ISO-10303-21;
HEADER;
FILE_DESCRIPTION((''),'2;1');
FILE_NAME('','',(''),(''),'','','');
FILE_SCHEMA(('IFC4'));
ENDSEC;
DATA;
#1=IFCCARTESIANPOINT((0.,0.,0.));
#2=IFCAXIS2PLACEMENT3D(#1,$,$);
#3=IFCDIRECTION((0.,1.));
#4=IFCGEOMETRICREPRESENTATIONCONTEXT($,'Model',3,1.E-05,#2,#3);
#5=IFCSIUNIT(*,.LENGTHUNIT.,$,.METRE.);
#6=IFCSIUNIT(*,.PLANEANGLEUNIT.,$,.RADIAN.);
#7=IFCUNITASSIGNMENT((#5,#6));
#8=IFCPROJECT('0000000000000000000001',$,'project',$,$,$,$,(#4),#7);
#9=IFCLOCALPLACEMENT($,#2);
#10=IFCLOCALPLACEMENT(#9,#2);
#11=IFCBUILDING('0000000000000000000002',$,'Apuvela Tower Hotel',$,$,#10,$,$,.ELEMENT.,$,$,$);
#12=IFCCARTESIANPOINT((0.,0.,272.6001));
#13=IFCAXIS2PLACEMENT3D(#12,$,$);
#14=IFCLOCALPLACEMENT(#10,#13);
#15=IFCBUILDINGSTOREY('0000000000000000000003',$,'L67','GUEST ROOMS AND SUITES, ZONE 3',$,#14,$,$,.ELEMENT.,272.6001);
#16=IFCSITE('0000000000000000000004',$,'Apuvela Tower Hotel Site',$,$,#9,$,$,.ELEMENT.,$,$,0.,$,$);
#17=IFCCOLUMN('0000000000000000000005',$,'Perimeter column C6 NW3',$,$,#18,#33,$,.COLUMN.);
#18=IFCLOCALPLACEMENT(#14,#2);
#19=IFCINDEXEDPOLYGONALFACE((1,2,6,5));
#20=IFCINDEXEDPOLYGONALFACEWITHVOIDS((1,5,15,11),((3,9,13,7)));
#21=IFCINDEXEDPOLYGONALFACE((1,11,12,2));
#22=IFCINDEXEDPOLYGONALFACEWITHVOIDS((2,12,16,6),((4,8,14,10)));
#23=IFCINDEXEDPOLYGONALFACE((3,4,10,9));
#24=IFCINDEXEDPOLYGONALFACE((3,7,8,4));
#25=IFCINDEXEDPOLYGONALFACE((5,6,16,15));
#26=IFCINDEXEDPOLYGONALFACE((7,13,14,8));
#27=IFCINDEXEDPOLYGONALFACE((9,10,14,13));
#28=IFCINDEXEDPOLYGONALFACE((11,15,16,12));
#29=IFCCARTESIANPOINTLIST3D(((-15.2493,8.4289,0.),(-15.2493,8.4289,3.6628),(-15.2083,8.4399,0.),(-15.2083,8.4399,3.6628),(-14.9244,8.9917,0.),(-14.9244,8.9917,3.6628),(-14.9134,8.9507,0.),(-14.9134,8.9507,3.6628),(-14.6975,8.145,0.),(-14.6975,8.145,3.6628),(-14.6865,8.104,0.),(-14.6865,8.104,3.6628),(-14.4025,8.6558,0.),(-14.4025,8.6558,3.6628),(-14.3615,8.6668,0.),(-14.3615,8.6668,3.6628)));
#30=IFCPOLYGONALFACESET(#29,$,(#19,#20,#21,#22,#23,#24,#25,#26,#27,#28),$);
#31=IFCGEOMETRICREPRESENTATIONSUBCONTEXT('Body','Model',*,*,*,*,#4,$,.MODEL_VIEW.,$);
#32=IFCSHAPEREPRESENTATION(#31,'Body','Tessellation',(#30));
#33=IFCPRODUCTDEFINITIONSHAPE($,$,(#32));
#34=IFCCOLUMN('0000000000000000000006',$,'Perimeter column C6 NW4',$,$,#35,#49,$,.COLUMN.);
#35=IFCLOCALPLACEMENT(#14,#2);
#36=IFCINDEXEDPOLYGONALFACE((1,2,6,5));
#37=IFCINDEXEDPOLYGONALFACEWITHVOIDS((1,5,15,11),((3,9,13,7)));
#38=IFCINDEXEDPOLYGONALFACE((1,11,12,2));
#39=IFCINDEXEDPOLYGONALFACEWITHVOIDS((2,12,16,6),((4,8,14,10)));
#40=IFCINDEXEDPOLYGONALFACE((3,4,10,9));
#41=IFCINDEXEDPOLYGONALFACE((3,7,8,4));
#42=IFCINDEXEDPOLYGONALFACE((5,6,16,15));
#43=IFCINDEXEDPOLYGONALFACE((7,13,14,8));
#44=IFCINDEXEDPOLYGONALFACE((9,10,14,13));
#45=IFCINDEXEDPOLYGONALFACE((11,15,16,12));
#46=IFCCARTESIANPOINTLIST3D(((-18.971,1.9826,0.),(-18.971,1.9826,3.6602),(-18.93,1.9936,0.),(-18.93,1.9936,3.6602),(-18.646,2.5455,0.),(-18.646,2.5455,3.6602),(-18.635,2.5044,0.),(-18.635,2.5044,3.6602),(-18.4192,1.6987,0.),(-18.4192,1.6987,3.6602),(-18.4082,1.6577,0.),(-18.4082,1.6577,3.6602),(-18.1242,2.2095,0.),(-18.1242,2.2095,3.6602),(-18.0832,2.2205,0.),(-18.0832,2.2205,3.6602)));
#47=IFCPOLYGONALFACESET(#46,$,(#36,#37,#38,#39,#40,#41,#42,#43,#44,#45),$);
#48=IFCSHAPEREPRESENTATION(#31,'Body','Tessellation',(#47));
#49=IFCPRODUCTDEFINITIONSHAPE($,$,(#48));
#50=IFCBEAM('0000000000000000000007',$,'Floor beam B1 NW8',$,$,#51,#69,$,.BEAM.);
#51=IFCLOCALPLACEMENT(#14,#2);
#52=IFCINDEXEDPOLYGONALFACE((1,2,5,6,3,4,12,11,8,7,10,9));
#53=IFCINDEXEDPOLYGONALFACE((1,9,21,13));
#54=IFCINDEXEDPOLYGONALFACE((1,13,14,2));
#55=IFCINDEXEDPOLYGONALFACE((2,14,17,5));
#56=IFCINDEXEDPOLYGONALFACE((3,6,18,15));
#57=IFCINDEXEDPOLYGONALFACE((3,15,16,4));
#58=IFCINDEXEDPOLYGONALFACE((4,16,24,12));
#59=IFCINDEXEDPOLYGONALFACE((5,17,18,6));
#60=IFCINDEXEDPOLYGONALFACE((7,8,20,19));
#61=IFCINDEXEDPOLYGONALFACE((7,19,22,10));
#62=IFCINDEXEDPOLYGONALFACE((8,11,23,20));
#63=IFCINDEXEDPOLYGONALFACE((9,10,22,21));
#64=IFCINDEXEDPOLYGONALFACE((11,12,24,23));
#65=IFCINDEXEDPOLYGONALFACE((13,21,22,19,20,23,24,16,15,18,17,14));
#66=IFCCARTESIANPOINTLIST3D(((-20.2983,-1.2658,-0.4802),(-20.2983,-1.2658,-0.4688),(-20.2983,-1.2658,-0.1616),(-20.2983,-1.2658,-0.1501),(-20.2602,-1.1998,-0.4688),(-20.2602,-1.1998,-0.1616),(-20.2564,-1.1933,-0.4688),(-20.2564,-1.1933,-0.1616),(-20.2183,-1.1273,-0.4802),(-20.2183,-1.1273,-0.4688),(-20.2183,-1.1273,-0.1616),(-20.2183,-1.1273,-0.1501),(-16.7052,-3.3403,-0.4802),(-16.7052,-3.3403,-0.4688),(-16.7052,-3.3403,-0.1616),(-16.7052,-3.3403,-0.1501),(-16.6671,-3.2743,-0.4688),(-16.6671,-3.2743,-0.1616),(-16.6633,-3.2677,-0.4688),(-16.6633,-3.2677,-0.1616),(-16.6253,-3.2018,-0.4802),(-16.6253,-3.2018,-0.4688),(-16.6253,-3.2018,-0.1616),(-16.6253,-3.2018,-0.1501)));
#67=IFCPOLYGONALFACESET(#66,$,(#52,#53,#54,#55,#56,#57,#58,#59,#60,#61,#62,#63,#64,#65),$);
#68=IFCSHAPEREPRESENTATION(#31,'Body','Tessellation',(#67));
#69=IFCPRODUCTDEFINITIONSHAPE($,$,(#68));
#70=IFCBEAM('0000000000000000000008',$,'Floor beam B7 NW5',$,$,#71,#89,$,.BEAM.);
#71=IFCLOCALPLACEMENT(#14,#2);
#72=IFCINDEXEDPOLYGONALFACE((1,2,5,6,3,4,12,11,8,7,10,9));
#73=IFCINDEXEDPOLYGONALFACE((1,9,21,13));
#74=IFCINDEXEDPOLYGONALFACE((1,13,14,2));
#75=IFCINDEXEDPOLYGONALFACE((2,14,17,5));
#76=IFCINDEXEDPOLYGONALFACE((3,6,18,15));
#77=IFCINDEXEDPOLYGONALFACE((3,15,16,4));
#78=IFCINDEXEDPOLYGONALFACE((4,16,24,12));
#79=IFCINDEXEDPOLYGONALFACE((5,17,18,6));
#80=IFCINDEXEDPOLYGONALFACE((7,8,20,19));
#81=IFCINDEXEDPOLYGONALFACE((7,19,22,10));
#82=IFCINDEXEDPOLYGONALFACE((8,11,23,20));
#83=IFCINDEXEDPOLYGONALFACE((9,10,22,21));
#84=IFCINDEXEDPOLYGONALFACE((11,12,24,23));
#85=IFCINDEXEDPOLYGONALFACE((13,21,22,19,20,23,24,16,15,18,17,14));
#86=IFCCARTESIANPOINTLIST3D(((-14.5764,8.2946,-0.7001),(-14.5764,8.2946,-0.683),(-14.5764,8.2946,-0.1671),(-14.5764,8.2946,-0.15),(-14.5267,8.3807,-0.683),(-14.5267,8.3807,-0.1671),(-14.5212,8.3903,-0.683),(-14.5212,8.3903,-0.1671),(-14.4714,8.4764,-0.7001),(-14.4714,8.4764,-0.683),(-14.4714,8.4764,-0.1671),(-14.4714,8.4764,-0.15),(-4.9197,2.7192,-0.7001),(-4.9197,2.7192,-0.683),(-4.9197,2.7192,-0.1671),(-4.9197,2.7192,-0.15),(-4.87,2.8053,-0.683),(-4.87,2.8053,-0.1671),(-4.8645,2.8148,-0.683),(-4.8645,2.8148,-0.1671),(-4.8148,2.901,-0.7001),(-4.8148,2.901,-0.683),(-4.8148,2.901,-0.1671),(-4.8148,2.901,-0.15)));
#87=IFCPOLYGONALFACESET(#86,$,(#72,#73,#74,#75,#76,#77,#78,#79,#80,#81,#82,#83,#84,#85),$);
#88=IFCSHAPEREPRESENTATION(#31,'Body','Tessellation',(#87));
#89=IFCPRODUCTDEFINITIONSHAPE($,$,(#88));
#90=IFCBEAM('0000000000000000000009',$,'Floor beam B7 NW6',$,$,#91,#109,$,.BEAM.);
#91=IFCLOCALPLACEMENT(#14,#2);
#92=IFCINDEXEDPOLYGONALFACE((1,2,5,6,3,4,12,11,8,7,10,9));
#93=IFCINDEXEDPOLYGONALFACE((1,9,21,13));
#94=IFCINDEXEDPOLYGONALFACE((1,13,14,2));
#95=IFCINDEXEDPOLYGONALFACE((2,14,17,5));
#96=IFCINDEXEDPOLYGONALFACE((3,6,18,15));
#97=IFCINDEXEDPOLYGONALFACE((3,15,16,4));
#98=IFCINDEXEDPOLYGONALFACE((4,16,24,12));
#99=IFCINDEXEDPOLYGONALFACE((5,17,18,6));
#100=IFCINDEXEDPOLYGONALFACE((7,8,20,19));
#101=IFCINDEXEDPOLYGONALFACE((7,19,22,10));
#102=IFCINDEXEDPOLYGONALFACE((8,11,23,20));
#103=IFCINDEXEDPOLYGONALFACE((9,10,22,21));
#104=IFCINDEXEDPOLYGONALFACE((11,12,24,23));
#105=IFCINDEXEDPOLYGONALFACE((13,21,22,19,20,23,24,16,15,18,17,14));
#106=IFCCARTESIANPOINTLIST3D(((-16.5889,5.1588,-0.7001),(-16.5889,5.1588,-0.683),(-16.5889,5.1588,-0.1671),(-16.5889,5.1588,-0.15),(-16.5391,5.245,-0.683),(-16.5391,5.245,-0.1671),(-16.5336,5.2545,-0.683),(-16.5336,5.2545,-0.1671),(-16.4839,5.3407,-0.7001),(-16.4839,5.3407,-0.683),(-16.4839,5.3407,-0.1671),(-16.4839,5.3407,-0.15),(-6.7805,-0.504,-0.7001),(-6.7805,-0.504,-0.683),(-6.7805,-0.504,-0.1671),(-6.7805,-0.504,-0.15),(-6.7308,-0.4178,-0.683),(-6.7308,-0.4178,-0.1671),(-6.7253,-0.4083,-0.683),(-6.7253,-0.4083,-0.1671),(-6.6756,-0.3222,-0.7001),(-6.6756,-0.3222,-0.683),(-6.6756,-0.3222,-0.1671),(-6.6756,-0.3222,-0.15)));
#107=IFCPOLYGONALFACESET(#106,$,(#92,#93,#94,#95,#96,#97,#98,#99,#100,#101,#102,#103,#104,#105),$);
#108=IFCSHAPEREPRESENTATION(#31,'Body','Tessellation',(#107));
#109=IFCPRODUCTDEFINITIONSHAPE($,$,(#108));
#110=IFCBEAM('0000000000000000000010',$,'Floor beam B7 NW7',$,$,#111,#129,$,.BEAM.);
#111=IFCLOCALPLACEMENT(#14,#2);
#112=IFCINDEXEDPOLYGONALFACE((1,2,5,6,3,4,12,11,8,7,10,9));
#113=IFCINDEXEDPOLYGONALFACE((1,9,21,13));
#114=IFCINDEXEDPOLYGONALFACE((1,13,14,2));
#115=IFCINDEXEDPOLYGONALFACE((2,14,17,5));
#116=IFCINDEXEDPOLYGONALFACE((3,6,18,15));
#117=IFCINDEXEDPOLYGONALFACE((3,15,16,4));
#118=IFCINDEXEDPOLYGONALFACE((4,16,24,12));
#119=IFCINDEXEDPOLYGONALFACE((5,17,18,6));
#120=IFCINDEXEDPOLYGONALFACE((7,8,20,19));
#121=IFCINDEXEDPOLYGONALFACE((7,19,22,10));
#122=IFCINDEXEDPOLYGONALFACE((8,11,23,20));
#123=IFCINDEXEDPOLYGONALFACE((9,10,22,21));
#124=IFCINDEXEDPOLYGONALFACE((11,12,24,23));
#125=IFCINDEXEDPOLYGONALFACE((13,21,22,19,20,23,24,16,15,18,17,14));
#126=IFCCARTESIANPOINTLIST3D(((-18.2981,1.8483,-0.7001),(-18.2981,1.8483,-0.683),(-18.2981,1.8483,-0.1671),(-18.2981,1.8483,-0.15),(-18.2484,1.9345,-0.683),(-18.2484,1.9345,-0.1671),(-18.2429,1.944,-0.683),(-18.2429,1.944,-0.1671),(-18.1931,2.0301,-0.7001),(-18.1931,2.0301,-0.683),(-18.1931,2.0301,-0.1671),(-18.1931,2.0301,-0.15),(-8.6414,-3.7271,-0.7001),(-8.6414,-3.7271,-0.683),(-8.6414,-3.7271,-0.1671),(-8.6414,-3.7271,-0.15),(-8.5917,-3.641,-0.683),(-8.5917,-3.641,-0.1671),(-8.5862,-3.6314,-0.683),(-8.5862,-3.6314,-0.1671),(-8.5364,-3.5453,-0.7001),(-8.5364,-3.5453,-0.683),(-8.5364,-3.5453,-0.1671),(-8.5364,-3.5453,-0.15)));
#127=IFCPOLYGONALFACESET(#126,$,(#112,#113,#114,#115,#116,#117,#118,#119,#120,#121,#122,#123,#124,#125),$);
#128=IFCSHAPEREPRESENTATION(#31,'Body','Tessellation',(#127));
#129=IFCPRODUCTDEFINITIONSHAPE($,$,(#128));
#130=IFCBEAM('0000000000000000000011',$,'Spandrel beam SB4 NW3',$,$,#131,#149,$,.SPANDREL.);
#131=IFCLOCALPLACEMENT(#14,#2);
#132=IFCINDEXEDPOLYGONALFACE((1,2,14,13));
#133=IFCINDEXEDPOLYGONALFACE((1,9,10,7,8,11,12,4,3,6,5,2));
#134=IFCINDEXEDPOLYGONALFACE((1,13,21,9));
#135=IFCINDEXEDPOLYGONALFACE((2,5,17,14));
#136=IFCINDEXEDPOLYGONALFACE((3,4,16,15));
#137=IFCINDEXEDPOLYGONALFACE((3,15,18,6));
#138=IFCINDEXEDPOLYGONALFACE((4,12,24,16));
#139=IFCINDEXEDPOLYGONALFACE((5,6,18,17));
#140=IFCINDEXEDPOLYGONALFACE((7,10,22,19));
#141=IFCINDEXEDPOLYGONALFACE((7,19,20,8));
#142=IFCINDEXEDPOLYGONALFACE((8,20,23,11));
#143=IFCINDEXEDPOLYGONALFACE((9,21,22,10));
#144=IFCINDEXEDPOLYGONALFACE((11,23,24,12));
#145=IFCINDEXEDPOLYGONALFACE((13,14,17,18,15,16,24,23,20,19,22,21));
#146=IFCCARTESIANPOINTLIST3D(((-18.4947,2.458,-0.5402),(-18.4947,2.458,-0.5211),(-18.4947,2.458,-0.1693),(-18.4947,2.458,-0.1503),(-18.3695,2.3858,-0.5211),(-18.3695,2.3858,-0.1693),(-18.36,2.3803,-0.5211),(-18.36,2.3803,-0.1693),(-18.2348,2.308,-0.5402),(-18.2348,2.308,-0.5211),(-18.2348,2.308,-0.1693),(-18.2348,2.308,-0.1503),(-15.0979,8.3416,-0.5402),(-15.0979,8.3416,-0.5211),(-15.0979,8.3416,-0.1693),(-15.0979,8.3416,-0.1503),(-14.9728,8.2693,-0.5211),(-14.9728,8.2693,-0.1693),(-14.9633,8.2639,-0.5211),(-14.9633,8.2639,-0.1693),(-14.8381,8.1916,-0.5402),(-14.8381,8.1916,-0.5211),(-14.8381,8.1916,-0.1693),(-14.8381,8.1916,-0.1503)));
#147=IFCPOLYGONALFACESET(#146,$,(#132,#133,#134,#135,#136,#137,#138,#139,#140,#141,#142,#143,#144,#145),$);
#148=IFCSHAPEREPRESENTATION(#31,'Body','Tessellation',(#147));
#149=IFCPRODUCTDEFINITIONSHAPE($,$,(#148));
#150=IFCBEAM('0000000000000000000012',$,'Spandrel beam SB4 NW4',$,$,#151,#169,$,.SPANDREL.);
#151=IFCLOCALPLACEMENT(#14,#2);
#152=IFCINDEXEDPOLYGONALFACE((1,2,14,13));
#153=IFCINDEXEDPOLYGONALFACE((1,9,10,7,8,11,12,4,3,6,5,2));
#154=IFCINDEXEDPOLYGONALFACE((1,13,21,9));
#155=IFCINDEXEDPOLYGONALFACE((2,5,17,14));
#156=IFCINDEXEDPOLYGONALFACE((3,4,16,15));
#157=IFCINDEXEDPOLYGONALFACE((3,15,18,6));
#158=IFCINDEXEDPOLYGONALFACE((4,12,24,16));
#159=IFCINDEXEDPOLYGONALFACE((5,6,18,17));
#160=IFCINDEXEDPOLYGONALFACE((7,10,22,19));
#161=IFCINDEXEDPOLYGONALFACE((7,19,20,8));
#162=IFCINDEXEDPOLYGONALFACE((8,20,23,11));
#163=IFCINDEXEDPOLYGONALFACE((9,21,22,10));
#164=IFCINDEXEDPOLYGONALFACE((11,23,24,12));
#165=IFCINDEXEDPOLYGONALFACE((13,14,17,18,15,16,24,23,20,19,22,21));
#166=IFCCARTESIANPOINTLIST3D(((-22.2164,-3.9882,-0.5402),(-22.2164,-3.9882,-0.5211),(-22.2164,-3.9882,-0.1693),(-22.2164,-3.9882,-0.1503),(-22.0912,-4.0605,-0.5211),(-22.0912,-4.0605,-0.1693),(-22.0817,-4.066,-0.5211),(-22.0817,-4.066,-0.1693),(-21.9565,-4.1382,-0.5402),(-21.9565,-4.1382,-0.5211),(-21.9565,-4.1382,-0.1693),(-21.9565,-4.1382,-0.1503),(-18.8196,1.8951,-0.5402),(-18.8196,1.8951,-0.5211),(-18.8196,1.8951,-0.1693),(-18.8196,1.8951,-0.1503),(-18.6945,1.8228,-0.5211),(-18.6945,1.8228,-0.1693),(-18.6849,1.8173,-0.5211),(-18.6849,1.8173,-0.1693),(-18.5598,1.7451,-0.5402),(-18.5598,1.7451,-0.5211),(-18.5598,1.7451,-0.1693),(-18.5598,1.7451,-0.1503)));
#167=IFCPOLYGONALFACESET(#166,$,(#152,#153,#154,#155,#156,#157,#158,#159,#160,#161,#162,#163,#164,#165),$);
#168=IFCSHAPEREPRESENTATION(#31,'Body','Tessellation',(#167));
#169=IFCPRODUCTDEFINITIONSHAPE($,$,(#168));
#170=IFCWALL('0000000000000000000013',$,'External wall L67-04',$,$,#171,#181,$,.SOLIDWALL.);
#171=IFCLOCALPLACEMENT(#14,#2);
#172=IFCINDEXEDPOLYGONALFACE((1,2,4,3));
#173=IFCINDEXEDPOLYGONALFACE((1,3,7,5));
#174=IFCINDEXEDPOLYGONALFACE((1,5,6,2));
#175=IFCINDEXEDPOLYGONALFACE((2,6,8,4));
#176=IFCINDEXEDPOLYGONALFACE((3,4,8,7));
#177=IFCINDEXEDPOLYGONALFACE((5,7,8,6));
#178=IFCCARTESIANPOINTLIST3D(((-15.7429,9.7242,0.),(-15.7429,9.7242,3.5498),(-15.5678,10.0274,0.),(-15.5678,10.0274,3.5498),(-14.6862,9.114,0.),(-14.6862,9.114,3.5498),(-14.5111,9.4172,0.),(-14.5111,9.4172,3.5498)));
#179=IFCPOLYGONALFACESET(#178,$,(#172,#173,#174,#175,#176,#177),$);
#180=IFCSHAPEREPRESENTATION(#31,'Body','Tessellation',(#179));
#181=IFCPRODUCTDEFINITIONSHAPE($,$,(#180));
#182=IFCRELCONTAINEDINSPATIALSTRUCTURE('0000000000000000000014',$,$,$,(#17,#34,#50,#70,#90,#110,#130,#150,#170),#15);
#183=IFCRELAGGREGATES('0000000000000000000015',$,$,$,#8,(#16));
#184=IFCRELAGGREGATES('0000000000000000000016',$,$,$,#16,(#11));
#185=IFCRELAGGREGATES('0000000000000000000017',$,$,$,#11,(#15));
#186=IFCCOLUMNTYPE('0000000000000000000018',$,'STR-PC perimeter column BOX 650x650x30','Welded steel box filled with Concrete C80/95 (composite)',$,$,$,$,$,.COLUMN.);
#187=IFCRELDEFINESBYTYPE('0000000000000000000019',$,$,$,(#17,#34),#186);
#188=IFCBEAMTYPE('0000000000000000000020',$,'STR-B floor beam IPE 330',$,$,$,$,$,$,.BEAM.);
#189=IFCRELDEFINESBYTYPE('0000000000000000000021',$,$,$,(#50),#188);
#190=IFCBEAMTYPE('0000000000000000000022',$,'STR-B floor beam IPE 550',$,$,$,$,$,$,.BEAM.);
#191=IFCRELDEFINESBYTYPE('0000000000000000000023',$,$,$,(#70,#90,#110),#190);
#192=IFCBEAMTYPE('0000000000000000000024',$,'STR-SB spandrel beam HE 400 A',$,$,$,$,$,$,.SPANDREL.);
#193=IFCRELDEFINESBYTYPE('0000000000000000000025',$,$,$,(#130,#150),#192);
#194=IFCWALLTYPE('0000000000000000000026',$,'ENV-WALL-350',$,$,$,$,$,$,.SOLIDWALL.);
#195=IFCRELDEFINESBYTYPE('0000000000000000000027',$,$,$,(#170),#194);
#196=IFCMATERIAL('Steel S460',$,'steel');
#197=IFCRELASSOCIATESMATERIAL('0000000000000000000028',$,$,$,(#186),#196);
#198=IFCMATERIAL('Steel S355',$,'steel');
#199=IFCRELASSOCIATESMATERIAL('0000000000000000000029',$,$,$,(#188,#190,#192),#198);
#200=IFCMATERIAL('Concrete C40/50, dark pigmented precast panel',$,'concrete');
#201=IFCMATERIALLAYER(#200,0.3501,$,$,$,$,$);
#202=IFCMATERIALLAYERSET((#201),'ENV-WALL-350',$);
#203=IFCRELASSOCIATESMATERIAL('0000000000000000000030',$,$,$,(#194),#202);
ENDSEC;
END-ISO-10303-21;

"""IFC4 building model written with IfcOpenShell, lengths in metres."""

from ifc_helpers import new_model, si_unit, direction, frame, frame_2d, origin, origin_2d, place, context, subcontext, project, spatial, rectangle, hollow_rectangle, i_section, extrude, boolean, halfspace, material, layer, layer_set, material_profile, profile_set, type_object, element, save


model = new_model("IFC4")

# Units and contexts
model_context = context("Model", 3, precision=1e-05, world=origin(), true_north=direction((0.0, 1.0)))
body_context = subcontext(model_context, "Body", "Model", "MODEL_VIEW")
ifc_project = project(units=[si_unit("LENGTHUNIT", "METRE"), si_unit("PLANEANGLEUNIT", "RADIAN")], contexts=[model_context])

# Site, building, storey
site_placement = place(None, origin())
site = spatial("IfcSite", under=ifc_project, at=site_placement, Name="Apuvela Tower Hotel Site", CompositionType="ELEMENT", RefElevation=0.0)
building_placement = place(site_placement, origin())
building = spatial("IfcBuilding", under=site, at=building_placement, Name="Apuvela Tower Hotel", CompositionType="ELEMENT")
storey_placement = place(building_placement, frame((0.0, 0.0, 272.6001)))
storey = spatial("IfcBuildingStorey", under=building, at=storey_placement, Name="L67", Description="GUEST ROOMS AND SUITES, ZONE 3", CompositionType="ELEMENT", Elevation=272.6001)

# Columns
ifc_material_1 = material(Name="Steel S460", Category="steel")
ifc_material_profile_1 = material_profile(ifc_material_1, hollow_rectangle(XDim=0.6499, YDim=0.6499, WallThickness=0.03, at=origin_2d()), Name="BOX 650x650x30")
ifc_material_2 = material(Name="Concrete C80/95", Category="concrete")
ifc_material_profile_2 = material_profile(ifc_material_2, rectangle(XDim=0.5901, YDim=0.5901, at=origin_2d()), Name="Concrete C80/95 infill")
ifc_profile_set_1 = profile_set([ifc_material_profile_1, ifc_material_profile_2], Name="Steel S460")
column_type = type_object("IfcColumnType", Name="STR-PC perimeter column BOX 650x650x30", Description="Welded steel box filled with Concrete C80/95 (composite)", PredefinedType="COLUMN", material=ifc_profile_set_1)
column_1_placement = place(storey_placement, frame((-14.8054, 8.5479, 0.0), z_axis=(0.0, 0.0, 1.0), x_axis=(0.5, 0.866025, 0.0)))
element("IfcColumn", 1, at=column_1_placement, inside=storey, type_object=column_type, Name="Perimeter column C6 NW3", PredefinedType="COLUMN", context=body_context, shape_type="SweptSolid", body=[
    boolean("DIFFERENCE", extrude(hollow_rectangle(XDim=0.6499, YDim=0.6499, WallThickness=0.03, at=origin_2d()), origin(), (0.0, 0.0, 1.0), 3.7), halfspace(frame((0.0, 0.0, 3.6628), z_axis=(0.0, 0.0, 1.0), x_axis=(1.0, 0.0, 0.0)), False)),
])
column_2_placement = place(storey_placement, frame((-18.5271, 2.1016, 0.0), z_axis=(0.0, 0.0, 1.0), x_axis=(0.5, 0.866025, 0.0)))
element("IfcColumn", 2, at=column_2_placement, inside=storey, type_object=column_type, Name="Perimeter column C6 NW4", PredefinedType="COLUMN", context=body_context, shape_type="SweptSolid", body=[
    boolean("DIFFERENCE", extrude(hollow_rectangle(XDim=0.6499, YDim=0.6499, WallThickness=0.03, at=origin_2d()), origin(), (0.0, 0.0, 1.0), 3.7), halfspace(frame((0.0, 0.0, 3.6602), z_axis=(0.0, 0.0, 1.0), x_axis=(1.0, 0.0, 0.0)), False)),
])

# Beams
ifc_material_3 = material(Name="Steel S355", Category="steel")
ifc_material_profile_3 = material_profile(ifc_material_3, i_section(OverallWidth=0.1599, OverallDepth=0.3301, WebThickness=0.0076, FlangeThickness=0.0115, at=origin_2d()), Name="IPE 330")
ifc_profile_set_2 = profile_set([ifc_material_profile_3], Name="Steel S355")
beam_type_1 = type_object("IfcBeamType", Name="STR-B floor beam IPE 330", PredefinedType="BEAM", material=ifc_profile_set_2)
beam_1_placement = place(storey_placement, frame((-20.2583, -1.1965, -0.3152), z_axis=(0.866022, -0.500006, 0.0), x_axis=(0.500006, 0.866022, 0.0)))
element("IfcBeam", 3, at=beam_1_placement, inside=storey, type_object=beam_type_1, Name="Floor beam B1 NW8", PredefinedType="BEAM", context=body_context, shape_type="SweptSolid", body=[
    extrude(i_section(OverallWidth=0.1599, OverallDepth=0.3301, WebThickness=0.0076, FlangeThickness=0.0115, at=origin_2d()), origin(), (0.0, 0.0, 1.0), 4.1489),
])
ifc_material_profile_4 = material_profile(ifc_material_3, i_section(OverallWidth=0.21, OverallDepth=0.55, WebThickness=0.011, FlangeThickness=0.0171, at=origin_2d()), Name="IPE 550")
ifc_profile_set_3 = profile_set([ifc_material_profile_4], Name="Steel S355")
beam_type_2 = type_object("IfcBeamType", Name="STR-B floor beam IPE 550", PredefinedType="BEAM", material=ifc_profile_set_3)
beam_2_placement = place(storey_placement, frame((-14.5239, 8.3855, -0.425), z_axis=(0.866021, -0.500008, 0.0), x_axis=(0.500008, 0.866021, 0.0)))
element("IfcBeam", 4, at=beam_2_placement, inside=storey, type_object=beam_type_2, Name="Floor beam B7 NW5", PredefinedType="BEAM", context=body_context, shape_type="SweptSolid", body=[
    extrude(i_section(OverallWidth=0.21, OverallDepth=0.55, WebThickness=0.011, FlangeThickness=0.0171, at=origin_2d()), origin(), (0.0, 0.0, 1.0), 11.1506),
])
beam_3_placement = place(storey_placement, frame((-16.5364, 5.2498, -0.425), z_axis=(0.866026, -0.499999, 0.0), x_axis=(0.499999, 0.866026, 0.0)))
element("IfcBeam", 5, at=beam_3_placement, inside=storey, type_object=beam_type_2, Name="Floor beam B7 NW6", PredefinedType="BEAM", context=body_context, shape_type="SweptSolid", body=[
    extrude(i_section(OverallWidth=0.21, OverallDepth=0.55, WebThickness=0.011, FlangeThickness=0.0171, at=origin_2d()), origin(), (0.0, 0.0, 1.0), 11.3257),
])
beam_4_placement = place(storey_placement, frame((-18.2456, 1.9392, -0.425), z_axis=(0.866021, -0.500008, 0.0), x_axis=(0.500008, 0.866021, 0.0)))
element("IfcBeam", 6, at=beam_4_placement, inside=storey, type_object=beam_type_2, Name="Floor beam B7 NW7", PredefinedType="BEAM", context=body_context, shape_type="SweptSolid", body=[
    extrude(i_section(OverallWidth=0.21, OverallDepth=0.55, WebThickness=0.011, FlangeThickness=0.0171, at=origin_2d()), origin(), (0.0, 0.0, 1.0), 11.1506),
])
ifc_material_profile_5 = material_profile(ifc_material_3, i_section(OverallWidth=0.3, OverallDepth=0.3899, WebThickness=0.011, FlangeThickness=0.019, at=origin_2d()), Name="HE 400 A")
ifc_profile_set_4 = profile_set([ifc_material_profile_5], Name="Steel S355")
beam_type_3 = type_object("IfcBeamType", Name="STR-SB spandrel beam HE 400 A", PredefinedType="SPANDREL", material=ifc_profile_set_4)
beam_5_placement = place(storey_placement, frame((-14.968, 8.2666, -0.3452), z_axis=(-0.499985, -0.866034, 0.0), x_axis=(0.866034, -0.499985, 0.0)))
element("IfcBeam", 7, at=beam_5_placement, inside=storey, type_object=beam_type_3, Name="Spandrel beam SB4 NW3", PredefinedType="SPANDREL", context=body_context, shape_type="SweptSolid", body=[
    extrude(i_section(OverallWidth=0.3, OverallDepth=0.3899, WebThickness=0.011, FlangeThickness=0.019, at=origin_2d()), origin(), (0.0, 0.0, 1.0), 6.7937),
])
beam_6_placement = place(storey_placement, frame((-18.6897, 1.8201, -0.3452), z_axis=(-0.5, -0.866025, 0.0), x_axis=(0.866025, -0.5, 0.0)))
element("IfcBeam", 8, at=beam_6_placement, inside=storey, type_object=beam_type_3, Name="Spandrel beam SB4 NW4", PredefinedType="SPANDREL", context=body_context, shape_type="SweptSolid", body=[
    extrude(i_section(OverallWidth=0.3, OverallDepth=0.3899, WebThickness=0.011, FlangeThickness=0.019, at=origin_2d()), origin(), (0.0, 0.0, 1.0), 6.7935),
])

# Wall
ifc_material_4 = material(Name="Concrete C40/50, dark pigmented precast panel", Category="concrete")
ifc_layer_1 = layer(ifc_material_4, 0.3501)
ifc_layer_set_1 = layer_set([ifc_layer_1], Name="ENV-WALL-350")
wall_type_1 = type_object("IfcWallType", Name="ENV-WALL-350", PredefinedType="SOLIDWALL", material=ifc_layer_set_1)
wall_1_placement = place(storey_placement, frame((-14.5986, 9.2656, 0.0), z_axis=(0.0, 0.0, 1.0), x_axis=(-0.866006, 0.500034, 0.0)))
element("IfcWall", 9, at=wall_1_placement, inside=storey, type_object=wall_type_1, Name="External wall L67-04", PredefinedType="SOLIDWALL", context=body_context, shape_type="SweptSolid", body=[
    extrude(rectangle(XDim=1.2202, YDim=0.3501, at=frame_2d((0.6101, 0.0))), origin(), (0.0, 0.0, 1.0), 3.5498),
])

save(model, "model.ifc")
